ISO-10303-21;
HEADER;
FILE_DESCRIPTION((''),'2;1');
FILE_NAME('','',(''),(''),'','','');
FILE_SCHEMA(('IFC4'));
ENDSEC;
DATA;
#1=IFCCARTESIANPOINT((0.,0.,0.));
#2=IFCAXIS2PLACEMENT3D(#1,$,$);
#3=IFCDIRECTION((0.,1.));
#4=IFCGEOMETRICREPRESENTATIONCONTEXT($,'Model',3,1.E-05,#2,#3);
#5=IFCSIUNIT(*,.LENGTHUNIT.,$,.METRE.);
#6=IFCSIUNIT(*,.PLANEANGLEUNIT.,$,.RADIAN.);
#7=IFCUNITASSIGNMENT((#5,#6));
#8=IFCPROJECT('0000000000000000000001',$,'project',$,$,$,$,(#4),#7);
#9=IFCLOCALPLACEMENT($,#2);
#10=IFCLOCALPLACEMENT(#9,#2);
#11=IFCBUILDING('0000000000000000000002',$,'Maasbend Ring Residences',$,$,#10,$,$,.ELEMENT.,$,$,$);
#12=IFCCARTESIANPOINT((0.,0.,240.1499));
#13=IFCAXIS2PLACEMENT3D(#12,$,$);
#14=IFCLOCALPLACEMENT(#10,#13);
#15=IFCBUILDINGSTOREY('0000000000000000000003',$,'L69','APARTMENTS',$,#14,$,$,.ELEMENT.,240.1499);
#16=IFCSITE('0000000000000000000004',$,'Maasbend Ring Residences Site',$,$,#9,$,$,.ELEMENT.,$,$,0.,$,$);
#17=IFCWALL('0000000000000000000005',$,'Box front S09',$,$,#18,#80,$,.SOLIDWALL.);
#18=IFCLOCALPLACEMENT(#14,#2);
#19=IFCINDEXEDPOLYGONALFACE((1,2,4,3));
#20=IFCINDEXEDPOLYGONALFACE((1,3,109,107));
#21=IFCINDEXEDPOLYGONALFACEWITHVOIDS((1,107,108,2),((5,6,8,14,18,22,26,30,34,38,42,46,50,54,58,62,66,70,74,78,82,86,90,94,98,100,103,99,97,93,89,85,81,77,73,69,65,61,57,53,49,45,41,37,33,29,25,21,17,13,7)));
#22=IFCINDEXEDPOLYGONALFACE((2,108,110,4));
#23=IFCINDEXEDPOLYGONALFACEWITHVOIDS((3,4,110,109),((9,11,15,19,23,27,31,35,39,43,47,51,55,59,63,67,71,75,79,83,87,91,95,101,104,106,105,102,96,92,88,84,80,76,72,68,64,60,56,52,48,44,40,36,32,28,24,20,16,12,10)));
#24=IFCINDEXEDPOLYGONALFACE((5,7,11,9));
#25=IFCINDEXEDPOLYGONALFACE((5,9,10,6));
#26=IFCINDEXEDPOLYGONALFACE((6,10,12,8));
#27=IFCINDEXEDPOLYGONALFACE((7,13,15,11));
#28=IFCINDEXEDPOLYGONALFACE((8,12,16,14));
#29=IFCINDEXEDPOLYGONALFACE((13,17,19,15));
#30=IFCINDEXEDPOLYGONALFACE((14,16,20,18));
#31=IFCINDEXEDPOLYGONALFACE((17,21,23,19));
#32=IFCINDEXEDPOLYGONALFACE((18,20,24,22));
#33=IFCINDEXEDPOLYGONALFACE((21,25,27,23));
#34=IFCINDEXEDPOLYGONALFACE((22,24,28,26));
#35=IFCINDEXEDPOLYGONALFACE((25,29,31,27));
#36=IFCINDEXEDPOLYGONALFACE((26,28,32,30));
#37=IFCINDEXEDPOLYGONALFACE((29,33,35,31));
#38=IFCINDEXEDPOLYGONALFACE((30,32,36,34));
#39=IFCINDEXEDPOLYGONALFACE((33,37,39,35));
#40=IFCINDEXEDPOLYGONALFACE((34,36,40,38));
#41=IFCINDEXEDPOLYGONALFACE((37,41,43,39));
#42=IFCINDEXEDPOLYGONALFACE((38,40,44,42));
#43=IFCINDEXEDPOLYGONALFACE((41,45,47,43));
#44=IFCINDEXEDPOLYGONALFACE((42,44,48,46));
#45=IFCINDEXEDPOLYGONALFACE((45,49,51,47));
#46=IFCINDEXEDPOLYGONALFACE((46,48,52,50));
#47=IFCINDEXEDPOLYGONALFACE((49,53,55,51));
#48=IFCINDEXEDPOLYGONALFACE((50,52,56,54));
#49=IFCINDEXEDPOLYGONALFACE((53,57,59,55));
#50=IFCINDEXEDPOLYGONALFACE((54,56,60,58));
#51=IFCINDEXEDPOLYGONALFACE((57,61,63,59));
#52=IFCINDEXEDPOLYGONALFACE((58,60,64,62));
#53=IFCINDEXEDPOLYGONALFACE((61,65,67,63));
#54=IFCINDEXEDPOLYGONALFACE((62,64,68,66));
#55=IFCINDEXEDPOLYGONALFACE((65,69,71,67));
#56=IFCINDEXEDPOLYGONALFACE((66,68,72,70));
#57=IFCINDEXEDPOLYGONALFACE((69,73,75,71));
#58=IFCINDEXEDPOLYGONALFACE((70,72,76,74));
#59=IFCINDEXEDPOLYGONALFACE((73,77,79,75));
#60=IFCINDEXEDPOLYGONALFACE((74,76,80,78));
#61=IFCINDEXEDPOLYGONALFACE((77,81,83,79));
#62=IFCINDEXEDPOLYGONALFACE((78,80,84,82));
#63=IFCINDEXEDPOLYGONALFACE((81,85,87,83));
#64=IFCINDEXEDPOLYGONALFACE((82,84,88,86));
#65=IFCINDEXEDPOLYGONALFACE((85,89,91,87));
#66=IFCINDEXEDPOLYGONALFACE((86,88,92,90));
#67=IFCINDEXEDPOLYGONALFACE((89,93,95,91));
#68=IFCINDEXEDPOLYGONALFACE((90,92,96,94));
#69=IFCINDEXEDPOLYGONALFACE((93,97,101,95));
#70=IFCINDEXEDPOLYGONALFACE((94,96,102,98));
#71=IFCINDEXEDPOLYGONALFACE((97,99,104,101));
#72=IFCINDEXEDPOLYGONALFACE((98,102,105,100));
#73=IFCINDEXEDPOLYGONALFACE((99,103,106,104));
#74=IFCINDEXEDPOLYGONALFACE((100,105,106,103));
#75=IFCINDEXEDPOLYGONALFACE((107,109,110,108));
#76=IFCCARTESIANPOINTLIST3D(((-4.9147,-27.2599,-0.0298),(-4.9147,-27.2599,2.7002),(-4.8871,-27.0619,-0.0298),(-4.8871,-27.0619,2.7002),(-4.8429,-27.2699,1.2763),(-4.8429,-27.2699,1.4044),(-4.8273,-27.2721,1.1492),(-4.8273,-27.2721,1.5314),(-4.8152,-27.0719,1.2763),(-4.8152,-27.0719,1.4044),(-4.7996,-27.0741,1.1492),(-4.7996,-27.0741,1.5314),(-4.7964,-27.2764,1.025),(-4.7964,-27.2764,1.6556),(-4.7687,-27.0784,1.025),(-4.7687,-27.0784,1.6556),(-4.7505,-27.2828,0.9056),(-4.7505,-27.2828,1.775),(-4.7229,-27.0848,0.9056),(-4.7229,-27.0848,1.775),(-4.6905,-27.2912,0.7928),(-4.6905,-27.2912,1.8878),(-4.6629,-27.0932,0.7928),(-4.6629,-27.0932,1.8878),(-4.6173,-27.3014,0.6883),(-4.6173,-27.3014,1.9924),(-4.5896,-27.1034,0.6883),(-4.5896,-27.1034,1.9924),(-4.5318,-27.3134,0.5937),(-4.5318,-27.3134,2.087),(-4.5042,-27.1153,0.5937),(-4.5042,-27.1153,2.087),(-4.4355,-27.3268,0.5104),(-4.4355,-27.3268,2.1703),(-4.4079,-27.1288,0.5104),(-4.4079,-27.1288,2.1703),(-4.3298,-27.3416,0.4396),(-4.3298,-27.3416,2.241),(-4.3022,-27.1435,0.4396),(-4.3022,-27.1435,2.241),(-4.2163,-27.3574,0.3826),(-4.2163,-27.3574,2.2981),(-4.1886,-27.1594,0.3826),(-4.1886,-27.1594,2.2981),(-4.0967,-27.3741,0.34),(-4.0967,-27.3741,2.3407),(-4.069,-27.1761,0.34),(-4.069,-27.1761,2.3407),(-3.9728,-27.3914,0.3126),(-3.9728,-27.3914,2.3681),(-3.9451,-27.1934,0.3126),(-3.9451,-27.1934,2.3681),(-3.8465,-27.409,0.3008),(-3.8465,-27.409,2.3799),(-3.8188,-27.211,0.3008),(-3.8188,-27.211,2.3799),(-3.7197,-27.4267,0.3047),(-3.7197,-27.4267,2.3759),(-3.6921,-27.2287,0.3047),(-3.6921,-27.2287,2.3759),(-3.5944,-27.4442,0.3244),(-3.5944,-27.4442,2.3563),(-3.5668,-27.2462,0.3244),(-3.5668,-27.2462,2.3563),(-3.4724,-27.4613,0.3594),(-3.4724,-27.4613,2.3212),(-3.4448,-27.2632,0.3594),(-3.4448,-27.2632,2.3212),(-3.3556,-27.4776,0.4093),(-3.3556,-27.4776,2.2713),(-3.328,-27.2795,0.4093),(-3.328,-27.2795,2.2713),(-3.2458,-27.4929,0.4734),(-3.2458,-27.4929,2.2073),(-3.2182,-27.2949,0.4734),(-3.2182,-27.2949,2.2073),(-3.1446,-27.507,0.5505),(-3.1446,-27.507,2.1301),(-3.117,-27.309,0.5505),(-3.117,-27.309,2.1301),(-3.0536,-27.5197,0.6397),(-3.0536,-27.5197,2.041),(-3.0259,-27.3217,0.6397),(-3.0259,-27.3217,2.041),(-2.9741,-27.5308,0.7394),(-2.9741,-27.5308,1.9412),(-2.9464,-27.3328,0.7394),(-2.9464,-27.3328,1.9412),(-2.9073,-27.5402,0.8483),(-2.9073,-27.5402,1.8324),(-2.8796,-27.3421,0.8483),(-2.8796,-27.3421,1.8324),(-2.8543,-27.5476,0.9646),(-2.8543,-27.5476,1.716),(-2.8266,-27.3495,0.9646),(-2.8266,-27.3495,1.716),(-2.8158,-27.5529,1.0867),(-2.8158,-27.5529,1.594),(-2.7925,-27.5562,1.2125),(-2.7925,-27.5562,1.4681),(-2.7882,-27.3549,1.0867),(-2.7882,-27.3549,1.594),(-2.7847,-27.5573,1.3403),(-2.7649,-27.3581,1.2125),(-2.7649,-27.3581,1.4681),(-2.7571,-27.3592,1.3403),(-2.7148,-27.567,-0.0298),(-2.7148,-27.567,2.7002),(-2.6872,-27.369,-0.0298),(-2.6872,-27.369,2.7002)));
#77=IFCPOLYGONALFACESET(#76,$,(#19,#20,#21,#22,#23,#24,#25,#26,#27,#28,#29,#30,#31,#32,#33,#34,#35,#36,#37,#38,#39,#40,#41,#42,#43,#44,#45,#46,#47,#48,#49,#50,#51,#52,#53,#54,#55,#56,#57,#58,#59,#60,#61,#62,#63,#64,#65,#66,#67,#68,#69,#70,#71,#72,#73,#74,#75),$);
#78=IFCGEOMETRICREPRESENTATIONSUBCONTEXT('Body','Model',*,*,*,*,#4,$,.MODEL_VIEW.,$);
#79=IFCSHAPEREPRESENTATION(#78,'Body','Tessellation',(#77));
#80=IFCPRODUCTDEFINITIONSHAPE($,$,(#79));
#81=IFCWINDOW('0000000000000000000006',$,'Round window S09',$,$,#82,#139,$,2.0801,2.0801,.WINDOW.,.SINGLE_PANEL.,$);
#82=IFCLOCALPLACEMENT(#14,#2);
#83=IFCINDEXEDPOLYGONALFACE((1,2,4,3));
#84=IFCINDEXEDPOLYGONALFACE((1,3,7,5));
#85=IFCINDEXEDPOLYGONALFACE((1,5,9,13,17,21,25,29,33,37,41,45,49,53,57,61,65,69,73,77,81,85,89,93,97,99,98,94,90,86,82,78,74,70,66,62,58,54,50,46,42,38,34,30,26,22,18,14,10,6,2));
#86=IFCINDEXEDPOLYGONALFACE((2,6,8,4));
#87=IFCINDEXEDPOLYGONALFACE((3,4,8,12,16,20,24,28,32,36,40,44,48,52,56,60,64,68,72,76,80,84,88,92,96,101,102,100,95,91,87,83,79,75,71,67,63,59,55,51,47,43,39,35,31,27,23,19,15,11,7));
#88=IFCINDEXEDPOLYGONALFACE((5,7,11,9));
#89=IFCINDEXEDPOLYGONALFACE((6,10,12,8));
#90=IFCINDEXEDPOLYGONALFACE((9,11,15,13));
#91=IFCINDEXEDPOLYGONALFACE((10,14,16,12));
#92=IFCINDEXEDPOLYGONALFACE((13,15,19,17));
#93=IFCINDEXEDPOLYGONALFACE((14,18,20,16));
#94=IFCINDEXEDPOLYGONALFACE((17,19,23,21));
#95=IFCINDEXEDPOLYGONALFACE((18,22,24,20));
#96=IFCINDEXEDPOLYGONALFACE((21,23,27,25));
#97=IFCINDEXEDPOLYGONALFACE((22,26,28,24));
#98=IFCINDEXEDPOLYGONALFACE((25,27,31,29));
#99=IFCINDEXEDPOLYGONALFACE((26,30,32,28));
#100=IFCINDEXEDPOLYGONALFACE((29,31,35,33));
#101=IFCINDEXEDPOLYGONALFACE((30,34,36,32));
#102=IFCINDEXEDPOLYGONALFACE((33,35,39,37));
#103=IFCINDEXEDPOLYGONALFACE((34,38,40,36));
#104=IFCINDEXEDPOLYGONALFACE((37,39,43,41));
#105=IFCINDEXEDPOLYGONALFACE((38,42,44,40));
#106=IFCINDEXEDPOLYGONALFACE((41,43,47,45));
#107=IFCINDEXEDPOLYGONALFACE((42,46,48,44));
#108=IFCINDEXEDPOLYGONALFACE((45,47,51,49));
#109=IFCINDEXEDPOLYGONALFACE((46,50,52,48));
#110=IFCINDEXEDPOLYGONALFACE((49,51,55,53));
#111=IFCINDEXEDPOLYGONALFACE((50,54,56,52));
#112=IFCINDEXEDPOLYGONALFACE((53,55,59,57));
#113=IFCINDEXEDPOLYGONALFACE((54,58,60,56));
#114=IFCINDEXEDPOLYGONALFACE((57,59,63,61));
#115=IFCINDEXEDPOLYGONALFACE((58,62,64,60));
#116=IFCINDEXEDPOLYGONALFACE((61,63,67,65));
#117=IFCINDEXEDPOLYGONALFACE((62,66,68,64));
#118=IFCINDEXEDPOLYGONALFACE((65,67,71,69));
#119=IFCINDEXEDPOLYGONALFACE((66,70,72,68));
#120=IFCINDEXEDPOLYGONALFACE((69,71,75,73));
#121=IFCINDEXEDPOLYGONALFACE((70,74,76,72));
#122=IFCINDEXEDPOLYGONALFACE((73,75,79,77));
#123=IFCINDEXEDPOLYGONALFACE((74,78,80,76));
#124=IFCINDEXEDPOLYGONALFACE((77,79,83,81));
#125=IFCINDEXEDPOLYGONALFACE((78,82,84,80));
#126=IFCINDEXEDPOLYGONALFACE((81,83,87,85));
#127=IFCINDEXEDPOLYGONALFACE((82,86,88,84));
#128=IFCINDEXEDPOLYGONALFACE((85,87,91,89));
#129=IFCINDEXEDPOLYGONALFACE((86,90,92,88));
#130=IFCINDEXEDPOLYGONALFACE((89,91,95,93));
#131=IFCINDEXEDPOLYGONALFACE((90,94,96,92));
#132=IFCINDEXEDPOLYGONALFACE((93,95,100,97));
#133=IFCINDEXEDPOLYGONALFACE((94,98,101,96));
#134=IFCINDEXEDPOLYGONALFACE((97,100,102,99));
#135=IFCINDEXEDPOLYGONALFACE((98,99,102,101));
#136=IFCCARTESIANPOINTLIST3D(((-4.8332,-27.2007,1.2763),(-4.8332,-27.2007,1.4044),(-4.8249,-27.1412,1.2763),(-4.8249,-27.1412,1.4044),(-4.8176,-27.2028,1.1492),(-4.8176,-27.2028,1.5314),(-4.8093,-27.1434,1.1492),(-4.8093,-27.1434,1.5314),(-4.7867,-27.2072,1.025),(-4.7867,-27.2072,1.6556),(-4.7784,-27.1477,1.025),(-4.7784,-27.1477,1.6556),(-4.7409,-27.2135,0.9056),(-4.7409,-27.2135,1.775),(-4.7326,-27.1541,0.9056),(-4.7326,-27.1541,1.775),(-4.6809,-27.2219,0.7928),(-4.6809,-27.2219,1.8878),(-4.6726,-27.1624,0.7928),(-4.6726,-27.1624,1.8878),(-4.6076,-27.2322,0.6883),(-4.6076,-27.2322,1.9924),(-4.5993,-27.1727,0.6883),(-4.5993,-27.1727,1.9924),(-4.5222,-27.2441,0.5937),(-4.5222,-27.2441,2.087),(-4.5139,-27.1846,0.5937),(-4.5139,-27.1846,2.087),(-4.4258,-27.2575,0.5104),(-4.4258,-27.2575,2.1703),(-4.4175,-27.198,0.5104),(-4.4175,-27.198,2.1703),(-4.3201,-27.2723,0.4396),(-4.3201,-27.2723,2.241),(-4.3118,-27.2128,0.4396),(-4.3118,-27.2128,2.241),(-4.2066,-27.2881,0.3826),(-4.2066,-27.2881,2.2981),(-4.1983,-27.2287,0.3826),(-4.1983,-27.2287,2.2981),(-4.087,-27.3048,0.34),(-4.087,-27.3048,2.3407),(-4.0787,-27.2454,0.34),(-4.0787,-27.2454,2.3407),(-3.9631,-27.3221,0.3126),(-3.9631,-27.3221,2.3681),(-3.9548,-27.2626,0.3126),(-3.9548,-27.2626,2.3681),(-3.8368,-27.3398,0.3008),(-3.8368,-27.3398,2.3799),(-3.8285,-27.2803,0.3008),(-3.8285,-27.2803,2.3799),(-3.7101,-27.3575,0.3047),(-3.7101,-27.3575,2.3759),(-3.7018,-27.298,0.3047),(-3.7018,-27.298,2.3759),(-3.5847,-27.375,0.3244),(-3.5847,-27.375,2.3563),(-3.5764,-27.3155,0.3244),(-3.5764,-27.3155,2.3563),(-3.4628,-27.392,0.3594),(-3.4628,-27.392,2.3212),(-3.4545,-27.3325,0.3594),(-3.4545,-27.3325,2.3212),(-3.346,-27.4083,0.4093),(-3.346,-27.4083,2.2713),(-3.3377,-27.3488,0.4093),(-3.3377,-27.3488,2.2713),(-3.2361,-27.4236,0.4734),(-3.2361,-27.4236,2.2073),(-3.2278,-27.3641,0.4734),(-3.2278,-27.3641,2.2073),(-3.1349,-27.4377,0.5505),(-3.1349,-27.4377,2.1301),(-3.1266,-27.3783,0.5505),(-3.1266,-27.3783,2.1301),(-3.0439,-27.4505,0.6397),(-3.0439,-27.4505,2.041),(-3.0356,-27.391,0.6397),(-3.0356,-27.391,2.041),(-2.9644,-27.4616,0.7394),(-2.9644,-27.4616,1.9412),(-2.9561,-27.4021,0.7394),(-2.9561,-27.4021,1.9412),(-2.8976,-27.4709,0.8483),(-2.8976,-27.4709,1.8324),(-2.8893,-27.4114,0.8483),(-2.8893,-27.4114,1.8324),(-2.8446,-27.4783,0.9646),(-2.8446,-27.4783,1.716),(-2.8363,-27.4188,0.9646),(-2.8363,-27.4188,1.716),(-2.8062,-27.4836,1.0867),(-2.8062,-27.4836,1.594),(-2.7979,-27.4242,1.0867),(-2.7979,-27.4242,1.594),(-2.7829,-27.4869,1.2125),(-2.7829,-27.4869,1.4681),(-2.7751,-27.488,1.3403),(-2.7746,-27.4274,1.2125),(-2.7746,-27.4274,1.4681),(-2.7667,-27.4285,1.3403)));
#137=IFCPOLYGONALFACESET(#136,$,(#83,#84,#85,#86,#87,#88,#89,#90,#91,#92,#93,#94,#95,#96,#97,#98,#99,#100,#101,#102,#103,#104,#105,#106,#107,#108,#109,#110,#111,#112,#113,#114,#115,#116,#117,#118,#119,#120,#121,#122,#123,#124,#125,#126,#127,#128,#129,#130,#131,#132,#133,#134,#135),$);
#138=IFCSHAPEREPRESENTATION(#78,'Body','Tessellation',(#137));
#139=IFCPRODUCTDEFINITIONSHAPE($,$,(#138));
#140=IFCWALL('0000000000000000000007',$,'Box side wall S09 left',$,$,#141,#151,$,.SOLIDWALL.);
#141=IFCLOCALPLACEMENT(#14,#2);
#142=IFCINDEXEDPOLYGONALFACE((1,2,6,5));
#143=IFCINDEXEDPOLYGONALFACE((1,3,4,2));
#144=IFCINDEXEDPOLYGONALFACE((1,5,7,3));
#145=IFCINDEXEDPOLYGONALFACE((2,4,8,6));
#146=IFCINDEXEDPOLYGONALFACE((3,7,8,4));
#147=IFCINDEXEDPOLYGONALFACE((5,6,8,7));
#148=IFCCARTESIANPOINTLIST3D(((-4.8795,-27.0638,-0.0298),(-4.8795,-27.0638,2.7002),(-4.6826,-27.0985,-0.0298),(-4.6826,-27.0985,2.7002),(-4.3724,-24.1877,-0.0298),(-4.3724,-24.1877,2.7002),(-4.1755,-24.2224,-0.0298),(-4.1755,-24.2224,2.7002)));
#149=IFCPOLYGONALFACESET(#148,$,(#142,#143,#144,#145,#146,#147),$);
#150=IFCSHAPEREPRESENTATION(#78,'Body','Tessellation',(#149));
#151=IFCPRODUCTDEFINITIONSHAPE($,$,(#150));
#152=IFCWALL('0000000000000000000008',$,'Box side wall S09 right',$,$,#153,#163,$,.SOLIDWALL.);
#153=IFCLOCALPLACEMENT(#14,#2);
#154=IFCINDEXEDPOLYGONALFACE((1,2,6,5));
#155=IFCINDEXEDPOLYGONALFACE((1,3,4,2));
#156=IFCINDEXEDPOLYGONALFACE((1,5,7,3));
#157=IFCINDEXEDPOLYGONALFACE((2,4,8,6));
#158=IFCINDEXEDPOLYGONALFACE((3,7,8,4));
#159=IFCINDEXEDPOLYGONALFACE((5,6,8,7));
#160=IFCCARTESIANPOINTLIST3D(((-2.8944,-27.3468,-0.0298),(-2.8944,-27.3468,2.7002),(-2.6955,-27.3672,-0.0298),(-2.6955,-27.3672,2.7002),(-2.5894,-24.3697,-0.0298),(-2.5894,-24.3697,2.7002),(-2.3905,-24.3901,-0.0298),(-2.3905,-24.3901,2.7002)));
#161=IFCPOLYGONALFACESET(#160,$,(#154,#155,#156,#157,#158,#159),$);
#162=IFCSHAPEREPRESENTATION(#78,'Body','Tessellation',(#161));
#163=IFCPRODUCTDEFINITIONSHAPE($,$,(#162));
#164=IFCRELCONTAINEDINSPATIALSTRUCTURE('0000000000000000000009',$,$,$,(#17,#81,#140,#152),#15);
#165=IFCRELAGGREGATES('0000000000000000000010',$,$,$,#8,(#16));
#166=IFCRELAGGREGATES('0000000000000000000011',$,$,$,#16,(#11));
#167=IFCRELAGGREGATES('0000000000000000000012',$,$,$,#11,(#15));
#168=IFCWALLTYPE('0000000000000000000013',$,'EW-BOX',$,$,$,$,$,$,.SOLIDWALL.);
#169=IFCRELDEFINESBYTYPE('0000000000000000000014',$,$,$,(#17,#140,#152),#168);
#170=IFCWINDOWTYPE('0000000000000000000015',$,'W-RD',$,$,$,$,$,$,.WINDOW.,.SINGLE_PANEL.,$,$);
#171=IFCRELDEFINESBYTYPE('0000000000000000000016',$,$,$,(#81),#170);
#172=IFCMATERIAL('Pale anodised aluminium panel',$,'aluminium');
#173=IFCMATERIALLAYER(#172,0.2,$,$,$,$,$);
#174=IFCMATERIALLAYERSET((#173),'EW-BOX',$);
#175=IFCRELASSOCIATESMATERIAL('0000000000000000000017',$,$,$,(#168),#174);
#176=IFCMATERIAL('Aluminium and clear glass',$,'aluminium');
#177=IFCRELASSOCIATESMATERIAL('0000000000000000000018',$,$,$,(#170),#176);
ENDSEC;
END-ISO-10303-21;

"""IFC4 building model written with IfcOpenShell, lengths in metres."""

from ifc_helpers import new_model, si_unit, direction, frame, frame_2d, origin, place, context, subcontext, project, spatial, rectangle, circle, extrude, material, layer, layer_set, type_object, element, fill, save


model = new_model("IFC4")

# Units and contexts
model_context = context("Model", 3, precision=1e-05, world=origin(), true_north=direction((0.0, 1.0)))
body_context = subcontext(model_context, "Body", "Model", "MODEL_VIEW")
ifc_project = project(units=[si_unit("LENGTHUNIT", "METRE"), si_unit("PLANEANGLEUNIT", "RADIAN")], contexts=[model_context])

# Site, building, storey
site_placement = place(None, origin())
site = spatial("IfcSite", under=ifc_project, at=site_placement, Name="Maasbend Ring Residences Site", CompositionType="ELEMENT", RefElevation=0.0)
building_placement = place(site_placement, origin())
building = spatial("IfcBuilding", under=site, at=building_placement, Name="Maasbend Ring Residences", CompositionType="ELEMENT")
storey_placement = place(building_placement, frame((0.0, 0.0, 240.1499)))
storey = spatial("IfcBuildingStorey", under=building, at=storey_placement, Name="L69", Description="APARTMENTS", CompositionType="ELEMENT", Elevation=240.1499)

# Shared definitions
ifc_material_1 = material(Name="Pale anodised aluminium panel", Category="aluminium")
ifc_layer_1 = layer(ifc_material_1, 0.2)
ifc_layer_set_1 = layer_set([ifc_layer_1], Name="EW-BOX")
wall_type_1 = type_object("IfcWallType", Name="EW-BOX", PredefinedType="SOLIDWALL", material=ifc_layer_set_1)

# Wall, opening, window
wall_1_placement = place(storey_placement, frame((-4.9009, -27.1609, -0.0298), z_axis=(0.0, 0.0, 1.0), x_axis=(0.990395, -0.138266, 0.0)))
wall_1 = element("IfcWall", 1, at=wall_1_placement, inside=storey, type_object=wall_type_1, Name="Box front S09", PredefinedType="SOLIDWALL", context=body_context, shape_type="SweptSolid", body=[
    extrude(rectangle(XDim=2.2212, YDim=0.2, at=frame_2d((1.1106, 0.0))), origin(), (0.0, 0.0, 1.0), 2.73),
])
opening_1_placement = place(wall_1_placement, frame((0.0706, 0.0, 0.3301)))
opening_1 = element("IfcOpeningElement", 2, at=opening_1_placement, cuts=wall_1, PredefinedType="OPENING", context=body_context, shape_type="SweptSolid", body=[
    extrude(circle(Radius=1.04, at=frame_2d((1.04, 1.04))), frame((0.0, 0.1099, 0.0), z_axis=(0.0, -1.0, 0.0), x_axis=(1.0, 0.0, 0.0)), (0.0, 0.0, 1.0), 0.22),
])
ifc_material_2 = material(Name="Aluminium and clear glass", Category="aluminium")
window_type_1 = type_object("IfcWindowType", Name="W-RD", PartitioningType="SINGLE_PANEL", PredefinedType="WINDOW", material=ifc_material_2)
window_1_placement = place(opening_1_placement, origin())
window_1 = element("IfcWindow", 3, at=window_1_placement, inside=storey, type_object=window_type_1, Name="Round window S09", OverallHeight=2.0801, OverallWidth=2.0801, PartitioningType="SINGLE_PANEL", PredefinedType="WINDOW", context=body_context, shape_type="SweptSolid", body=[
    extrude(circle(Radius=1.04, at=frame_2d((1.04, 1.04))), frame((0.0, 0.03, 0.0), z_axis=(0.0, -1.0, 0.0), x_axis=(1.0, 0.0, 0.0)), (0.0, 0.0, 1.0), 0.0601),
])
fill(opening_1, window_1)

# Walls
wall_2_placement = place(storey_placement, frame((-4.2739, -24.2051, -0.0298), z_axis=(0.0, 0.0, 1.0), x_axis=(-0.173637, -0.98481, 0.0)))
element("IfcWall", 4, at=wall_2_placement, inside=storey, type_object=wall_type_1, Name="Box side wall S09 left", PredefinedType="SOLIDWALL", context=body_context, shape_type="SweptSolid", body=[
    extrude(rectangle(XDim=2.9204, YDim=0.2, at=frame_2d((1.4602, 0.0))), origin(), (0.0, 0.0, 1.0), 2.73),
])
wall_3_placement = place(storey_placement, frame((-2.49, -24.3799, -0.0298), z_axis=(0.0, 0.0, 1.0), x_axis=(-0.101894, -0.994795, 0.0)))
element("IfcWall", 5, at=wall_3_placement, inside=storey, type_object=wall_type_1, Name="Box side wall S09 right", PredefinedType="SOLIDWALL", context=body_context, shape_type="SweptSolid", body=[
    extrude(rectangle(XDim=2.9927, YDim=0.2, at=frame_2d((1.4963, 0.0))), origin(), (0.0, 0.0, 1.0), 2.73),
])

save(model, "model.ifc")
